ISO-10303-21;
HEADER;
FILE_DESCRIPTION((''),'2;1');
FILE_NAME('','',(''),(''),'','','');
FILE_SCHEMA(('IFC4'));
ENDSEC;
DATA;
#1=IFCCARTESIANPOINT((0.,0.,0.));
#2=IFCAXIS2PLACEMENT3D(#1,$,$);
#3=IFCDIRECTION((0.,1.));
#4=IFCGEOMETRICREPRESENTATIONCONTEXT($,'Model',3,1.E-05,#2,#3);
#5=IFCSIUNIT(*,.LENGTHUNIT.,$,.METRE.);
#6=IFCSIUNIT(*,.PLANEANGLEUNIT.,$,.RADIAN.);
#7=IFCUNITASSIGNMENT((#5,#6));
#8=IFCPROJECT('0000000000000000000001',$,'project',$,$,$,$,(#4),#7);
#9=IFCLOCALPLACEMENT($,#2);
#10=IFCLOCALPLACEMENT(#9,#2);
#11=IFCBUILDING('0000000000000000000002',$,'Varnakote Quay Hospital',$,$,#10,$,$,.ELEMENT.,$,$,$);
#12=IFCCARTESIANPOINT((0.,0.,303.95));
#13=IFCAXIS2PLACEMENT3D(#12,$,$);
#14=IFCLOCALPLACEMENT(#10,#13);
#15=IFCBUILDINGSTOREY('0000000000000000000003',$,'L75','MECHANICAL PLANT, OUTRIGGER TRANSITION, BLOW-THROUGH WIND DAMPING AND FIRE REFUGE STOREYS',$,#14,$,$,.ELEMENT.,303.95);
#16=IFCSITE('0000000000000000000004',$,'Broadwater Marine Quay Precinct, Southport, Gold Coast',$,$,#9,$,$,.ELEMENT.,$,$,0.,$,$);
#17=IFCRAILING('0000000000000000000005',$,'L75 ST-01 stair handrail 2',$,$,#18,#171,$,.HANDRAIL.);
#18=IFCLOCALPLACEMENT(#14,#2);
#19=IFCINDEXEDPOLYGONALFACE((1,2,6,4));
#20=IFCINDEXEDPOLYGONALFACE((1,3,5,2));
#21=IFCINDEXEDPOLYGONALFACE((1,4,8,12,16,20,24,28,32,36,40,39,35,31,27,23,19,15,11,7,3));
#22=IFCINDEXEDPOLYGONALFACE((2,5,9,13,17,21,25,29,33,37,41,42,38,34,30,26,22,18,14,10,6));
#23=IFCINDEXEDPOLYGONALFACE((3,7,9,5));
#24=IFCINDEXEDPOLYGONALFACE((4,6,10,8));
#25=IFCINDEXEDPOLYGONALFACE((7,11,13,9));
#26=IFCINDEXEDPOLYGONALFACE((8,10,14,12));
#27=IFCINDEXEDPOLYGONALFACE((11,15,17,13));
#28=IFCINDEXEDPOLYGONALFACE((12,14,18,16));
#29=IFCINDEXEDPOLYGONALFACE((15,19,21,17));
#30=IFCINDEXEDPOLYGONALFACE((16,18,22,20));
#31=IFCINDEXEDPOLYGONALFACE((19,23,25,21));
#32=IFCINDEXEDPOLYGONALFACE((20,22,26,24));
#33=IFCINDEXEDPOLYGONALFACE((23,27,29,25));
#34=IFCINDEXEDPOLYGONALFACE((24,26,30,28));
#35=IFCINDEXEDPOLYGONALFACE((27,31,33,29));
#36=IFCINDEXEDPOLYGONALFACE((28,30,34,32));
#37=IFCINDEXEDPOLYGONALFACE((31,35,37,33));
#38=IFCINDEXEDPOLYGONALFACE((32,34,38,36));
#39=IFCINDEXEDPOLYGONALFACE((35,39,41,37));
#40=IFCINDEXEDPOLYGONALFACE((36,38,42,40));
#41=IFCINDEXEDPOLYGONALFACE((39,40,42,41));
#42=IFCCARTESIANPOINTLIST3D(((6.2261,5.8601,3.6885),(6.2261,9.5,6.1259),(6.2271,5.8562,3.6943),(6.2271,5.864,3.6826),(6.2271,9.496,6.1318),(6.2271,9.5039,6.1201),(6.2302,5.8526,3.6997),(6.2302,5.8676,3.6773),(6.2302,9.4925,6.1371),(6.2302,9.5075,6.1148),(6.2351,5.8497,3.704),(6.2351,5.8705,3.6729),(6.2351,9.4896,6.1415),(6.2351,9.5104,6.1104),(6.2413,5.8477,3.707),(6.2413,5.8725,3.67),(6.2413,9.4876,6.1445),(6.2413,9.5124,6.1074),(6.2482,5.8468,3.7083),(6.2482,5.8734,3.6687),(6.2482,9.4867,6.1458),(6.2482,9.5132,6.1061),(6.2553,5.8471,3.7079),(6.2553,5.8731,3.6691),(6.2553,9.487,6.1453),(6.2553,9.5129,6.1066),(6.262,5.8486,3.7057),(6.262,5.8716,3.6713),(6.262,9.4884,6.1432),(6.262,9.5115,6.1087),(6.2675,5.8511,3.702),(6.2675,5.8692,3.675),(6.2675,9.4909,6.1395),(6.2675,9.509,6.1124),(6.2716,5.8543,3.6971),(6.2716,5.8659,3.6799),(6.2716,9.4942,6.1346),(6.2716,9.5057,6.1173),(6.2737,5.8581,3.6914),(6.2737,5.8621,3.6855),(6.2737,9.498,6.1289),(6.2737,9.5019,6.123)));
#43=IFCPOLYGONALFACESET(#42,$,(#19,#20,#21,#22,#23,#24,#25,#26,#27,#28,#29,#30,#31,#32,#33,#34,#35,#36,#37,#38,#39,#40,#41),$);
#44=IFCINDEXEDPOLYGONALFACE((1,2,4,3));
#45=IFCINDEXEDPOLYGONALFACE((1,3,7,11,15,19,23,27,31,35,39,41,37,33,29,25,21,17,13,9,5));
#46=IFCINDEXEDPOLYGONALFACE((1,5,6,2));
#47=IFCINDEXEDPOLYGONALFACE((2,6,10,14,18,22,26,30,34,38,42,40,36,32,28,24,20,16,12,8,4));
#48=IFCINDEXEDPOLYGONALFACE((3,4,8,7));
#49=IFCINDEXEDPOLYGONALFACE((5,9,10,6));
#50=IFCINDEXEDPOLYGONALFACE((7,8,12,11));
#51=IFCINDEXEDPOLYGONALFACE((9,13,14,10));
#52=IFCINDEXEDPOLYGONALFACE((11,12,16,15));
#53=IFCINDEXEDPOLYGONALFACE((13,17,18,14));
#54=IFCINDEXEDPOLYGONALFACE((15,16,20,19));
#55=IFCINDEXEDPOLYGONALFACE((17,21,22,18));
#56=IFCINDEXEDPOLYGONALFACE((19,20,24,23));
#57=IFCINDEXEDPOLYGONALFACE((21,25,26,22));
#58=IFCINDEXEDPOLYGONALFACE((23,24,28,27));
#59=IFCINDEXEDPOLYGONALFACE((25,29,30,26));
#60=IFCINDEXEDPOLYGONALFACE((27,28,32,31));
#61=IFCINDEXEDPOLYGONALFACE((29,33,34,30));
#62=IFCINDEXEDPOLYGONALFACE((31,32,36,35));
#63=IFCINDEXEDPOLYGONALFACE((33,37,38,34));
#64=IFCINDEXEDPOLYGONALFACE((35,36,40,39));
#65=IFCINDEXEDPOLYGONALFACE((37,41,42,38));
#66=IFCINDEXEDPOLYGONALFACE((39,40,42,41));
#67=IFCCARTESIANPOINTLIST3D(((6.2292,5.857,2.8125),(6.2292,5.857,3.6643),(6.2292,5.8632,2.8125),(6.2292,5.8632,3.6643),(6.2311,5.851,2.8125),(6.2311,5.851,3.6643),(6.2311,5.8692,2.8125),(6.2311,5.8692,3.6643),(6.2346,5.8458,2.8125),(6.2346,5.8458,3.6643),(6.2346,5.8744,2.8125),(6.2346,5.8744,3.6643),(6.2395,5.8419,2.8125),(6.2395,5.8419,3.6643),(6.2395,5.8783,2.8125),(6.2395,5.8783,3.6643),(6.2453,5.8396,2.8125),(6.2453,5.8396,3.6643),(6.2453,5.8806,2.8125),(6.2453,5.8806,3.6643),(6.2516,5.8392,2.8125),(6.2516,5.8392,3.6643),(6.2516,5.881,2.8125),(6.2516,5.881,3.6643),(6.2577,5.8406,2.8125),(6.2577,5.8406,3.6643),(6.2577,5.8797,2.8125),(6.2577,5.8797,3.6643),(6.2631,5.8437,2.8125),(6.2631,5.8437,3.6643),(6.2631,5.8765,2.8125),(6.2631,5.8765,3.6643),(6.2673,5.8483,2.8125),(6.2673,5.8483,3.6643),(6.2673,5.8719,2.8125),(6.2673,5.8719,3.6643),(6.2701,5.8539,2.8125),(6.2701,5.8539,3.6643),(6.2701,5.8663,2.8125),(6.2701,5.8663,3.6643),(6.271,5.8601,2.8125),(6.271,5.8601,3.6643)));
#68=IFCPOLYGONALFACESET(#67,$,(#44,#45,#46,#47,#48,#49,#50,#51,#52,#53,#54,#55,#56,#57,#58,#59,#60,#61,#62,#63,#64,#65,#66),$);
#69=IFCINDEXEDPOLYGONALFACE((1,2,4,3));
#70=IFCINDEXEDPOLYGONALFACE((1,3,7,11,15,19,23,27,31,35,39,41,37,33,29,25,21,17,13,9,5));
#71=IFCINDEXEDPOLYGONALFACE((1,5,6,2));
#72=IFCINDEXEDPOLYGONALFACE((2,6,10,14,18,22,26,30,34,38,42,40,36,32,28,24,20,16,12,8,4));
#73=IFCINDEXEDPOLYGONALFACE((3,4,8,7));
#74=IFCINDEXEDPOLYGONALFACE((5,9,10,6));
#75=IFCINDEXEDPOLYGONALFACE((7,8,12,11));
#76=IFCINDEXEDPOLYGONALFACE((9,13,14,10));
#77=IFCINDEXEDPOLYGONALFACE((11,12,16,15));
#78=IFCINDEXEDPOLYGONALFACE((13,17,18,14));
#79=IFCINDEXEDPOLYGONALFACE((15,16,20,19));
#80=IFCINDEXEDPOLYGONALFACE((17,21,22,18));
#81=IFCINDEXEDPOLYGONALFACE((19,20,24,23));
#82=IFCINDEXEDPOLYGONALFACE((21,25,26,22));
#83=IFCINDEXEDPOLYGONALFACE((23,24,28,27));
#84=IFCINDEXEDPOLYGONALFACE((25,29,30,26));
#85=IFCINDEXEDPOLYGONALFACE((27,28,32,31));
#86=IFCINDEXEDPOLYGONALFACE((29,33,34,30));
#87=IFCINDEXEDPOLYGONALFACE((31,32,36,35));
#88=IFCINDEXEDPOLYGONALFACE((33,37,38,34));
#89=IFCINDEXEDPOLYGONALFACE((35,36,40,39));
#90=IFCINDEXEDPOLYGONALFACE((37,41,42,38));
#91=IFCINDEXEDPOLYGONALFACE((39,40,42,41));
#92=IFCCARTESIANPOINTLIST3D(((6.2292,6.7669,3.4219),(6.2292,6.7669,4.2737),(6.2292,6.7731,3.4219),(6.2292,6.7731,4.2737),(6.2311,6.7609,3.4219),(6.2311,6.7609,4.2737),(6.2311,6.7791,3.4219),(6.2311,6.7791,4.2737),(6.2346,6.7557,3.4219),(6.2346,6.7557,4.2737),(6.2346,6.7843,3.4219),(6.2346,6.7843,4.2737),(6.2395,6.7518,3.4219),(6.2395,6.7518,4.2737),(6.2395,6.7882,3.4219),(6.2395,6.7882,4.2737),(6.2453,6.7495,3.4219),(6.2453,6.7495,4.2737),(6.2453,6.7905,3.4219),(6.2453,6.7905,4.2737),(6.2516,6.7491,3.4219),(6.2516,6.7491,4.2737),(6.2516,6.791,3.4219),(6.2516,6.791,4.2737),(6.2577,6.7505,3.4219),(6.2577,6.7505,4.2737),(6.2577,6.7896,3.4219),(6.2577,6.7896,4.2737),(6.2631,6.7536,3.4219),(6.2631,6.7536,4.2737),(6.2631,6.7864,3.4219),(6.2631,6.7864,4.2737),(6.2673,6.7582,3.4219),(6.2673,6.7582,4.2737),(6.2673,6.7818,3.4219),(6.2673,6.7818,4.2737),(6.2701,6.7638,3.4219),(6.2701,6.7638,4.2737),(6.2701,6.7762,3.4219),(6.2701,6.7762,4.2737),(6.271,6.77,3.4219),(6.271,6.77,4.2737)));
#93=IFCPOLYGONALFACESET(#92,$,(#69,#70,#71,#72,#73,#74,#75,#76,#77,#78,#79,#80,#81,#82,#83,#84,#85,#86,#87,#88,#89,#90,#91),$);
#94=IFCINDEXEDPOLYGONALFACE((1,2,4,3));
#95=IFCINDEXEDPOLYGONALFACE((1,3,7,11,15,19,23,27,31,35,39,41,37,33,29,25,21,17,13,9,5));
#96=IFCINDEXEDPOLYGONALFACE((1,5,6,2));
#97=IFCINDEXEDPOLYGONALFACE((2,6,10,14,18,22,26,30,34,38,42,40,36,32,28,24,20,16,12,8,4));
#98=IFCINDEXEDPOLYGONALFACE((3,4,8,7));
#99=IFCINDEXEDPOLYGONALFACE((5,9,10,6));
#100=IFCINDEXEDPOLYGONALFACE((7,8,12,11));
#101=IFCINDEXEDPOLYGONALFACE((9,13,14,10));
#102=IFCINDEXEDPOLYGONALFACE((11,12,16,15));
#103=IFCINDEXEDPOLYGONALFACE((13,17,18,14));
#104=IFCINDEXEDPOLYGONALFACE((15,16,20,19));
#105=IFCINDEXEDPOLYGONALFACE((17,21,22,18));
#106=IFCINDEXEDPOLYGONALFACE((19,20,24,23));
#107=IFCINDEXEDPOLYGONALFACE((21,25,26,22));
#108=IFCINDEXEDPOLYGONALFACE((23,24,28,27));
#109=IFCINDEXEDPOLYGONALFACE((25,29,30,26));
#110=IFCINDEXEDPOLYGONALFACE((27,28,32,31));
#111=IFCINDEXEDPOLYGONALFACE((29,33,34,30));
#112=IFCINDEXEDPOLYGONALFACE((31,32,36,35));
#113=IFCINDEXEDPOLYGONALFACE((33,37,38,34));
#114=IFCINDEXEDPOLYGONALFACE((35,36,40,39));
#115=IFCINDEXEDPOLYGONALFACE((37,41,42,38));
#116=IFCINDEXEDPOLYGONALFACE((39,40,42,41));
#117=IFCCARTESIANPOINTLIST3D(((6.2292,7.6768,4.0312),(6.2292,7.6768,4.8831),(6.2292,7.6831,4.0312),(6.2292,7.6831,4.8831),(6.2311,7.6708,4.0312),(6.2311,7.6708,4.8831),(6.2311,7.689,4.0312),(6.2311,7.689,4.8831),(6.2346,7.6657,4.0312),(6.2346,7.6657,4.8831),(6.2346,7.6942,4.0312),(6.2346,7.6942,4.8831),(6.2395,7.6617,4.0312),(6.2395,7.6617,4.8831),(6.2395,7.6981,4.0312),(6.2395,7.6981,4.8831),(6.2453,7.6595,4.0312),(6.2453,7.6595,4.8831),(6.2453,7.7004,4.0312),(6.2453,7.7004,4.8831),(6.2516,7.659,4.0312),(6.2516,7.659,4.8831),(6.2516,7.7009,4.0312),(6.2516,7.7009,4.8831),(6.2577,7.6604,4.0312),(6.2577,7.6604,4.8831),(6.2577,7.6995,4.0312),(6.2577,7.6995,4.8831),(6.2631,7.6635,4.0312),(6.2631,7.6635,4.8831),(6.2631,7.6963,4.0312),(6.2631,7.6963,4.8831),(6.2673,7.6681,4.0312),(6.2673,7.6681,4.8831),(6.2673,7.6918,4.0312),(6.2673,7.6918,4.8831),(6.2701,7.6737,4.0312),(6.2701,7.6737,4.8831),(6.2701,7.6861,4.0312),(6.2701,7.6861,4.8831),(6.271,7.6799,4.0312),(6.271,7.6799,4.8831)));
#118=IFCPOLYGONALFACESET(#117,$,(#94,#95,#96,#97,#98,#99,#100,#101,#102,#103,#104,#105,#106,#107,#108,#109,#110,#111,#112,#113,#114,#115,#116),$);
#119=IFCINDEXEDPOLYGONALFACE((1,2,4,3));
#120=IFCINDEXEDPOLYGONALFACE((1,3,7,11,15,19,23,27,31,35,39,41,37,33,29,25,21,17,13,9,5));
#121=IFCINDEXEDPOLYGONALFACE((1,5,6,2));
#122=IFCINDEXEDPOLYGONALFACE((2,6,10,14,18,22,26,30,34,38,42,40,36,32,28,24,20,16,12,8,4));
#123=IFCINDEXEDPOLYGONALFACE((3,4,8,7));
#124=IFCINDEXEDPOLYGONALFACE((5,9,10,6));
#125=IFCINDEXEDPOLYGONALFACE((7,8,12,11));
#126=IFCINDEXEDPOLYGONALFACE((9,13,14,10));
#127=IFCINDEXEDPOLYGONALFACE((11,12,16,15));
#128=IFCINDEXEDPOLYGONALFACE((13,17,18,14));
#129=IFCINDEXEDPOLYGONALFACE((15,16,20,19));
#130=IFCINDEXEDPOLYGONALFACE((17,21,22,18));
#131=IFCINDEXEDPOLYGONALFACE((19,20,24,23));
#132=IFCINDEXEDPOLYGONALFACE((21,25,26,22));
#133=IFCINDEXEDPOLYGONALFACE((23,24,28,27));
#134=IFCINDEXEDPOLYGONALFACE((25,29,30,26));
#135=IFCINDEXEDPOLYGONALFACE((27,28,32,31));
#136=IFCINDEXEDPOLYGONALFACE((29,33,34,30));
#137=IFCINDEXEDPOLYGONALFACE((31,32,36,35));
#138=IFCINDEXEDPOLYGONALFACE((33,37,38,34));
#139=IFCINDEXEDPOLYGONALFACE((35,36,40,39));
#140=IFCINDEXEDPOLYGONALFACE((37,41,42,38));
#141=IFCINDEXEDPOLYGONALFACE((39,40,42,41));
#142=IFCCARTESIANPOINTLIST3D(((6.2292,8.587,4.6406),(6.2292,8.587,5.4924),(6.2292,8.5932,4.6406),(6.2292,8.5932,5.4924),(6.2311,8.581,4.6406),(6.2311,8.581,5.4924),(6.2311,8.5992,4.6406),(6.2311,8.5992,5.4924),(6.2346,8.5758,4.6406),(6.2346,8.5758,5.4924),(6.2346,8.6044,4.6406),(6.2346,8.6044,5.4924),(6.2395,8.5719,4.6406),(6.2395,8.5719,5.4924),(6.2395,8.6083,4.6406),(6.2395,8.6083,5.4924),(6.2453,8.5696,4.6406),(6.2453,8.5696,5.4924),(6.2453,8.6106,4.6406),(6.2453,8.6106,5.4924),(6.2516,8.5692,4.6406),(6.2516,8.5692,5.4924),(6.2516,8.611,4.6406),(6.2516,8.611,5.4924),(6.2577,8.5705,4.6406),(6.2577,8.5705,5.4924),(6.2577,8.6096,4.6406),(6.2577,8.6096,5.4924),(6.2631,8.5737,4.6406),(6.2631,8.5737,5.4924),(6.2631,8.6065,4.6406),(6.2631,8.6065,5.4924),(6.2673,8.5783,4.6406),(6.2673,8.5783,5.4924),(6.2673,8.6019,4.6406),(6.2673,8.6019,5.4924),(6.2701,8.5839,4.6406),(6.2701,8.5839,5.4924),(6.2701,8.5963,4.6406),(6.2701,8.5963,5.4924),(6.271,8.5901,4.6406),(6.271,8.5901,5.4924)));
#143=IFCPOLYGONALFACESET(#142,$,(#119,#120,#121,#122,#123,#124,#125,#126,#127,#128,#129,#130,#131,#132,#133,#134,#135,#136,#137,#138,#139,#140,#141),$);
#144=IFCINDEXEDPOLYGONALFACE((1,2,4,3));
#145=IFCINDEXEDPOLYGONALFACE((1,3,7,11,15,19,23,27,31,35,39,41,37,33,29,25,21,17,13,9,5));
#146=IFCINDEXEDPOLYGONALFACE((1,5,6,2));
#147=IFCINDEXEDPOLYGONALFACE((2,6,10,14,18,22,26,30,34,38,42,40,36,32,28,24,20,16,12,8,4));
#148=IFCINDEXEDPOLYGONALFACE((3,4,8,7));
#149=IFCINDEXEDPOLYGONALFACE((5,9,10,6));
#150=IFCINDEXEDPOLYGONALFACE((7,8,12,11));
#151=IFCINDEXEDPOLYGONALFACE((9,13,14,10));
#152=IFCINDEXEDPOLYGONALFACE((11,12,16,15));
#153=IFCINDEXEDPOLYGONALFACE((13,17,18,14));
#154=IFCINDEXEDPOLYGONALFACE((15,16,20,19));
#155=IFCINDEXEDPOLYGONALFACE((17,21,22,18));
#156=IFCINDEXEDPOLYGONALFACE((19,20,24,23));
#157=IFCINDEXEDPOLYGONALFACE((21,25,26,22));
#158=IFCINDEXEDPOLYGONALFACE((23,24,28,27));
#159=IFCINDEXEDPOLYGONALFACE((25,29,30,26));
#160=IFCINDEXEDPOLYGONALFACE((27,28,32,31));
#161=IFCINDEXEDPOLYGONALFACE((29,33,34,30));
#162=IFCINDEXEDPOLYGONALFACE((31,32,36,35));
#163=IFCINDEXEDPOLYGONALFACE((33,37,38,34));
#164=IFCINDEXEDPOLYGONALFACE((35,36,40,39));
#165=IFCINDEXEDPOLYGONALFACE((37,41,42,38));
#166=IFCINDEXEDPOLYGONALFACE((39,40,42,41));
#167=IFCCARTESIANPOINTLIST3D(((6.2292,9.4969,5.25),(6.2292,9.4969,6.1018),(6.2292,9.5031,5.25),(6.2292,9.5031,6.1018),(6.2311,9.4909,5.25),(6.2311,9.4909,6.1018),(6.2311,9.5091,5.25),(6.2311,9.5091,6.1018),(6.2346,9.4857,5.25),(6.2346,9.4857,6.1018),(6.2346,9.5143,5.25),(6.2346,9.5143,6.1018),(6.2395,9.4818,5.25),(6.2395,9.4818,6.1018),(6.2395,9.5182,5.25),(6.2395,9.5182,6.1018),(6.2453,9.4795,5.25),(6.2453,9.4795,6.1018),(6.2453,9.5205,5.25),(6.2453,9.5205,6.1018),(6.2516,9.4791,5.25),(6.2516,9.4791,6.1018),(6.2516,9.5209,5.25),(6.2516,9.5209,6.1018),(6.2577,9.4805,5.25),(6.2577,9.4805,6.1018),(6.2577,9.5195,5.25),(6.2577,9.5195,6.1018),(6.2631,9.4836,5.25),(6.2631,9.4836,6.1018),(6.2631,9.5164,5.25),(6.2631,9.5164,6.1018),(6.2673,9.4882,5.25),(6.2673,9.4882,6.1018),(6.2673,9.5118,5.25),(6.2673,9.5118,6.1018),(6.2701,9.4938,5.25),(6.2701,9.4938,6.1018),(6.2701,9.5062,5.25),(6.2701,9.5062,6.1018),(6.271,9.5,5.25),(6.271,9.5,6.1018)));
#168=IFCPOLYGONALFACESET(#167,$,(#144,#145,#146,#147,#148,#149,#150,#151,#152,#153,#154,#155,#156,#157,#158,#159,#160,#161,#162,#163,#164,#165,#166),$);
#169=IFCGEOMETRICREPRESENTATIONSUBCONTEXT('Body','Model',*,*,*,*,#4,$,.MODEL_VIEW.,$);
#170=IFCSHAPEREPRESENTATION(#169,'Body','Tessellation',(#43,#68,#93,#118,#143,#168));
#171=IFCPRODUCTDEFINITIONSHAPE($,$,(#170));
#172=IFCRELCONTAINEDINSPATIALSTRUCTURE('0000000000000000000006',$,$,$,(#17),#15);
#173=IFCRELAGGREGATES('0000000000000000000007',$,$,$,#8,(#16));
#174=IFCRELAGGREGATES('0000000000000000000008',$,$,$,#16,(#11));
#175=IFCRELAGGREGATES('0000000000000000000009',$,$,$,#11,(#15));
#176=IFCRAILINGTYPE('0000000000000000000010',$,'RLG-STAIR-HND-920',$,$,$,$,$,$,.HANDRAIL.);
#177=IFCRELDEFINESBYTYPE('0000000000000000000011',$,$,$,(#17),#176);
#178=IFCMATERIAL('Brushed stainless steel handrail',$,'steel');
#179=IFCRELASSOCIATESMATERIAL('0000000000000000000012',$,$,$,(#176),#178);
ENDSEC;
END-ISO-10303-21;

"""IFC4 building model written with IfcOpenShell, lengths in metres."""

from ifc_helpers import new_model, si_unit, direction, frame, origin, origin_2d, place, context, subcontext, project, spatial, circle, extrude, material, type_object, element, save


model = new_model("IFC4")

# Units and contexts
model_context = context("Model", 3, precision=1e-05, world=origin(), true_north=direction((0.0, 1.0)))
body_context = subcontext(model_context, "Body", "Model", "MODEL_VIEW")
ifc_project = project(units=[si_unit("LENGTHUNIT", "METRE"), si_unit("PLANEANGLEUNIT", "RADIAN")], contexts=[model_context])

# Site, building, storey
site_placement = place(None, origin())
site = spatial("IfcSite", under=ifc_project, at=site_placement, Name="Broadwater Marine Quay Precinct, Southport, Gold Coast", CompositionType="ELEMENT", RefElevation=0.0)
building_placement = place(site_placement, origin())
building = spatial("IfcBuilding", under=site, at=building_placement, Name="Varnakote Quay Hospital", CompositionType="ELEMENT")
storey_placement = place(building_placement, frame((0.0, 0.0, 303.95)))
storey = spatial("IfcBuildingStorey", under=building, at=storey_placement, Name="L75", Description="MECHANICAL PLANT, OUTRIGGER TRANSITION, BLOW-THROUGH WIND DAMPING AND FIRE REFUGE STOREYS", CompositionType="ELEMENT", Elevation=303.95)

# Railing
ifc_material_1 = material(Name="Brushed stainless steel handrail", Category="steel")
railing_type_1 = type_object("IfcRailingType", Name="RLG-STAIR-HND-920", PredefinedType="HANDRAIL", material=ifc_material_1)
railing_1_placement = place(storey_placement, frame((6.25, 5.8601, 2.8125)))
element("IfcRailing", 1, at=railing_1_placement, inside=storey, type_object=railing_type_1, Name="L75 ST-01 stair handrail 2", PredefinedType="HANDRAIL", context=body_context, shape_type="SweptSolid", body=[
    extrude(circle(Radius=0.0239, at=origin_2d()), frame((0.0, 0.0, 0.876), z_axis=(0.0, 0.8309, 0.556422), x_axis=(-1.0, 0.0, 0.0)), (0.0, 0.0, 1.0), 4.3806),
    extrude(circle(Radius=0.021, at=origin_2d()), origin(), (0.0, 0.0, 1.0), 0.8518),
    extrude(circle(Radius=0.021, at=origin_2d()), frame((0.0, 0.9099, 0.6094)), (0.0, 0.0, 1.0), 0.8518),
    extrude(circle(Radius=0.021, at=origin_2d()), frame((0.0, 1.8198, 1.2188)), (0.0, 0.0, 1.0), 0.8518),
    extrude(circle(Radius=0.021, at=origin_2d()), frame((0.0, 2.73, 1.8281)), (0.0, 0.0, 1.0), 0.8518),
    extrude(circle(Radius=0.021, at=origin_2d()), frame((0.0, 3.6399, 2.4375)), (0.0, 0.0, 1.0), 0.8518),
])

save(model, "model.ifc")
